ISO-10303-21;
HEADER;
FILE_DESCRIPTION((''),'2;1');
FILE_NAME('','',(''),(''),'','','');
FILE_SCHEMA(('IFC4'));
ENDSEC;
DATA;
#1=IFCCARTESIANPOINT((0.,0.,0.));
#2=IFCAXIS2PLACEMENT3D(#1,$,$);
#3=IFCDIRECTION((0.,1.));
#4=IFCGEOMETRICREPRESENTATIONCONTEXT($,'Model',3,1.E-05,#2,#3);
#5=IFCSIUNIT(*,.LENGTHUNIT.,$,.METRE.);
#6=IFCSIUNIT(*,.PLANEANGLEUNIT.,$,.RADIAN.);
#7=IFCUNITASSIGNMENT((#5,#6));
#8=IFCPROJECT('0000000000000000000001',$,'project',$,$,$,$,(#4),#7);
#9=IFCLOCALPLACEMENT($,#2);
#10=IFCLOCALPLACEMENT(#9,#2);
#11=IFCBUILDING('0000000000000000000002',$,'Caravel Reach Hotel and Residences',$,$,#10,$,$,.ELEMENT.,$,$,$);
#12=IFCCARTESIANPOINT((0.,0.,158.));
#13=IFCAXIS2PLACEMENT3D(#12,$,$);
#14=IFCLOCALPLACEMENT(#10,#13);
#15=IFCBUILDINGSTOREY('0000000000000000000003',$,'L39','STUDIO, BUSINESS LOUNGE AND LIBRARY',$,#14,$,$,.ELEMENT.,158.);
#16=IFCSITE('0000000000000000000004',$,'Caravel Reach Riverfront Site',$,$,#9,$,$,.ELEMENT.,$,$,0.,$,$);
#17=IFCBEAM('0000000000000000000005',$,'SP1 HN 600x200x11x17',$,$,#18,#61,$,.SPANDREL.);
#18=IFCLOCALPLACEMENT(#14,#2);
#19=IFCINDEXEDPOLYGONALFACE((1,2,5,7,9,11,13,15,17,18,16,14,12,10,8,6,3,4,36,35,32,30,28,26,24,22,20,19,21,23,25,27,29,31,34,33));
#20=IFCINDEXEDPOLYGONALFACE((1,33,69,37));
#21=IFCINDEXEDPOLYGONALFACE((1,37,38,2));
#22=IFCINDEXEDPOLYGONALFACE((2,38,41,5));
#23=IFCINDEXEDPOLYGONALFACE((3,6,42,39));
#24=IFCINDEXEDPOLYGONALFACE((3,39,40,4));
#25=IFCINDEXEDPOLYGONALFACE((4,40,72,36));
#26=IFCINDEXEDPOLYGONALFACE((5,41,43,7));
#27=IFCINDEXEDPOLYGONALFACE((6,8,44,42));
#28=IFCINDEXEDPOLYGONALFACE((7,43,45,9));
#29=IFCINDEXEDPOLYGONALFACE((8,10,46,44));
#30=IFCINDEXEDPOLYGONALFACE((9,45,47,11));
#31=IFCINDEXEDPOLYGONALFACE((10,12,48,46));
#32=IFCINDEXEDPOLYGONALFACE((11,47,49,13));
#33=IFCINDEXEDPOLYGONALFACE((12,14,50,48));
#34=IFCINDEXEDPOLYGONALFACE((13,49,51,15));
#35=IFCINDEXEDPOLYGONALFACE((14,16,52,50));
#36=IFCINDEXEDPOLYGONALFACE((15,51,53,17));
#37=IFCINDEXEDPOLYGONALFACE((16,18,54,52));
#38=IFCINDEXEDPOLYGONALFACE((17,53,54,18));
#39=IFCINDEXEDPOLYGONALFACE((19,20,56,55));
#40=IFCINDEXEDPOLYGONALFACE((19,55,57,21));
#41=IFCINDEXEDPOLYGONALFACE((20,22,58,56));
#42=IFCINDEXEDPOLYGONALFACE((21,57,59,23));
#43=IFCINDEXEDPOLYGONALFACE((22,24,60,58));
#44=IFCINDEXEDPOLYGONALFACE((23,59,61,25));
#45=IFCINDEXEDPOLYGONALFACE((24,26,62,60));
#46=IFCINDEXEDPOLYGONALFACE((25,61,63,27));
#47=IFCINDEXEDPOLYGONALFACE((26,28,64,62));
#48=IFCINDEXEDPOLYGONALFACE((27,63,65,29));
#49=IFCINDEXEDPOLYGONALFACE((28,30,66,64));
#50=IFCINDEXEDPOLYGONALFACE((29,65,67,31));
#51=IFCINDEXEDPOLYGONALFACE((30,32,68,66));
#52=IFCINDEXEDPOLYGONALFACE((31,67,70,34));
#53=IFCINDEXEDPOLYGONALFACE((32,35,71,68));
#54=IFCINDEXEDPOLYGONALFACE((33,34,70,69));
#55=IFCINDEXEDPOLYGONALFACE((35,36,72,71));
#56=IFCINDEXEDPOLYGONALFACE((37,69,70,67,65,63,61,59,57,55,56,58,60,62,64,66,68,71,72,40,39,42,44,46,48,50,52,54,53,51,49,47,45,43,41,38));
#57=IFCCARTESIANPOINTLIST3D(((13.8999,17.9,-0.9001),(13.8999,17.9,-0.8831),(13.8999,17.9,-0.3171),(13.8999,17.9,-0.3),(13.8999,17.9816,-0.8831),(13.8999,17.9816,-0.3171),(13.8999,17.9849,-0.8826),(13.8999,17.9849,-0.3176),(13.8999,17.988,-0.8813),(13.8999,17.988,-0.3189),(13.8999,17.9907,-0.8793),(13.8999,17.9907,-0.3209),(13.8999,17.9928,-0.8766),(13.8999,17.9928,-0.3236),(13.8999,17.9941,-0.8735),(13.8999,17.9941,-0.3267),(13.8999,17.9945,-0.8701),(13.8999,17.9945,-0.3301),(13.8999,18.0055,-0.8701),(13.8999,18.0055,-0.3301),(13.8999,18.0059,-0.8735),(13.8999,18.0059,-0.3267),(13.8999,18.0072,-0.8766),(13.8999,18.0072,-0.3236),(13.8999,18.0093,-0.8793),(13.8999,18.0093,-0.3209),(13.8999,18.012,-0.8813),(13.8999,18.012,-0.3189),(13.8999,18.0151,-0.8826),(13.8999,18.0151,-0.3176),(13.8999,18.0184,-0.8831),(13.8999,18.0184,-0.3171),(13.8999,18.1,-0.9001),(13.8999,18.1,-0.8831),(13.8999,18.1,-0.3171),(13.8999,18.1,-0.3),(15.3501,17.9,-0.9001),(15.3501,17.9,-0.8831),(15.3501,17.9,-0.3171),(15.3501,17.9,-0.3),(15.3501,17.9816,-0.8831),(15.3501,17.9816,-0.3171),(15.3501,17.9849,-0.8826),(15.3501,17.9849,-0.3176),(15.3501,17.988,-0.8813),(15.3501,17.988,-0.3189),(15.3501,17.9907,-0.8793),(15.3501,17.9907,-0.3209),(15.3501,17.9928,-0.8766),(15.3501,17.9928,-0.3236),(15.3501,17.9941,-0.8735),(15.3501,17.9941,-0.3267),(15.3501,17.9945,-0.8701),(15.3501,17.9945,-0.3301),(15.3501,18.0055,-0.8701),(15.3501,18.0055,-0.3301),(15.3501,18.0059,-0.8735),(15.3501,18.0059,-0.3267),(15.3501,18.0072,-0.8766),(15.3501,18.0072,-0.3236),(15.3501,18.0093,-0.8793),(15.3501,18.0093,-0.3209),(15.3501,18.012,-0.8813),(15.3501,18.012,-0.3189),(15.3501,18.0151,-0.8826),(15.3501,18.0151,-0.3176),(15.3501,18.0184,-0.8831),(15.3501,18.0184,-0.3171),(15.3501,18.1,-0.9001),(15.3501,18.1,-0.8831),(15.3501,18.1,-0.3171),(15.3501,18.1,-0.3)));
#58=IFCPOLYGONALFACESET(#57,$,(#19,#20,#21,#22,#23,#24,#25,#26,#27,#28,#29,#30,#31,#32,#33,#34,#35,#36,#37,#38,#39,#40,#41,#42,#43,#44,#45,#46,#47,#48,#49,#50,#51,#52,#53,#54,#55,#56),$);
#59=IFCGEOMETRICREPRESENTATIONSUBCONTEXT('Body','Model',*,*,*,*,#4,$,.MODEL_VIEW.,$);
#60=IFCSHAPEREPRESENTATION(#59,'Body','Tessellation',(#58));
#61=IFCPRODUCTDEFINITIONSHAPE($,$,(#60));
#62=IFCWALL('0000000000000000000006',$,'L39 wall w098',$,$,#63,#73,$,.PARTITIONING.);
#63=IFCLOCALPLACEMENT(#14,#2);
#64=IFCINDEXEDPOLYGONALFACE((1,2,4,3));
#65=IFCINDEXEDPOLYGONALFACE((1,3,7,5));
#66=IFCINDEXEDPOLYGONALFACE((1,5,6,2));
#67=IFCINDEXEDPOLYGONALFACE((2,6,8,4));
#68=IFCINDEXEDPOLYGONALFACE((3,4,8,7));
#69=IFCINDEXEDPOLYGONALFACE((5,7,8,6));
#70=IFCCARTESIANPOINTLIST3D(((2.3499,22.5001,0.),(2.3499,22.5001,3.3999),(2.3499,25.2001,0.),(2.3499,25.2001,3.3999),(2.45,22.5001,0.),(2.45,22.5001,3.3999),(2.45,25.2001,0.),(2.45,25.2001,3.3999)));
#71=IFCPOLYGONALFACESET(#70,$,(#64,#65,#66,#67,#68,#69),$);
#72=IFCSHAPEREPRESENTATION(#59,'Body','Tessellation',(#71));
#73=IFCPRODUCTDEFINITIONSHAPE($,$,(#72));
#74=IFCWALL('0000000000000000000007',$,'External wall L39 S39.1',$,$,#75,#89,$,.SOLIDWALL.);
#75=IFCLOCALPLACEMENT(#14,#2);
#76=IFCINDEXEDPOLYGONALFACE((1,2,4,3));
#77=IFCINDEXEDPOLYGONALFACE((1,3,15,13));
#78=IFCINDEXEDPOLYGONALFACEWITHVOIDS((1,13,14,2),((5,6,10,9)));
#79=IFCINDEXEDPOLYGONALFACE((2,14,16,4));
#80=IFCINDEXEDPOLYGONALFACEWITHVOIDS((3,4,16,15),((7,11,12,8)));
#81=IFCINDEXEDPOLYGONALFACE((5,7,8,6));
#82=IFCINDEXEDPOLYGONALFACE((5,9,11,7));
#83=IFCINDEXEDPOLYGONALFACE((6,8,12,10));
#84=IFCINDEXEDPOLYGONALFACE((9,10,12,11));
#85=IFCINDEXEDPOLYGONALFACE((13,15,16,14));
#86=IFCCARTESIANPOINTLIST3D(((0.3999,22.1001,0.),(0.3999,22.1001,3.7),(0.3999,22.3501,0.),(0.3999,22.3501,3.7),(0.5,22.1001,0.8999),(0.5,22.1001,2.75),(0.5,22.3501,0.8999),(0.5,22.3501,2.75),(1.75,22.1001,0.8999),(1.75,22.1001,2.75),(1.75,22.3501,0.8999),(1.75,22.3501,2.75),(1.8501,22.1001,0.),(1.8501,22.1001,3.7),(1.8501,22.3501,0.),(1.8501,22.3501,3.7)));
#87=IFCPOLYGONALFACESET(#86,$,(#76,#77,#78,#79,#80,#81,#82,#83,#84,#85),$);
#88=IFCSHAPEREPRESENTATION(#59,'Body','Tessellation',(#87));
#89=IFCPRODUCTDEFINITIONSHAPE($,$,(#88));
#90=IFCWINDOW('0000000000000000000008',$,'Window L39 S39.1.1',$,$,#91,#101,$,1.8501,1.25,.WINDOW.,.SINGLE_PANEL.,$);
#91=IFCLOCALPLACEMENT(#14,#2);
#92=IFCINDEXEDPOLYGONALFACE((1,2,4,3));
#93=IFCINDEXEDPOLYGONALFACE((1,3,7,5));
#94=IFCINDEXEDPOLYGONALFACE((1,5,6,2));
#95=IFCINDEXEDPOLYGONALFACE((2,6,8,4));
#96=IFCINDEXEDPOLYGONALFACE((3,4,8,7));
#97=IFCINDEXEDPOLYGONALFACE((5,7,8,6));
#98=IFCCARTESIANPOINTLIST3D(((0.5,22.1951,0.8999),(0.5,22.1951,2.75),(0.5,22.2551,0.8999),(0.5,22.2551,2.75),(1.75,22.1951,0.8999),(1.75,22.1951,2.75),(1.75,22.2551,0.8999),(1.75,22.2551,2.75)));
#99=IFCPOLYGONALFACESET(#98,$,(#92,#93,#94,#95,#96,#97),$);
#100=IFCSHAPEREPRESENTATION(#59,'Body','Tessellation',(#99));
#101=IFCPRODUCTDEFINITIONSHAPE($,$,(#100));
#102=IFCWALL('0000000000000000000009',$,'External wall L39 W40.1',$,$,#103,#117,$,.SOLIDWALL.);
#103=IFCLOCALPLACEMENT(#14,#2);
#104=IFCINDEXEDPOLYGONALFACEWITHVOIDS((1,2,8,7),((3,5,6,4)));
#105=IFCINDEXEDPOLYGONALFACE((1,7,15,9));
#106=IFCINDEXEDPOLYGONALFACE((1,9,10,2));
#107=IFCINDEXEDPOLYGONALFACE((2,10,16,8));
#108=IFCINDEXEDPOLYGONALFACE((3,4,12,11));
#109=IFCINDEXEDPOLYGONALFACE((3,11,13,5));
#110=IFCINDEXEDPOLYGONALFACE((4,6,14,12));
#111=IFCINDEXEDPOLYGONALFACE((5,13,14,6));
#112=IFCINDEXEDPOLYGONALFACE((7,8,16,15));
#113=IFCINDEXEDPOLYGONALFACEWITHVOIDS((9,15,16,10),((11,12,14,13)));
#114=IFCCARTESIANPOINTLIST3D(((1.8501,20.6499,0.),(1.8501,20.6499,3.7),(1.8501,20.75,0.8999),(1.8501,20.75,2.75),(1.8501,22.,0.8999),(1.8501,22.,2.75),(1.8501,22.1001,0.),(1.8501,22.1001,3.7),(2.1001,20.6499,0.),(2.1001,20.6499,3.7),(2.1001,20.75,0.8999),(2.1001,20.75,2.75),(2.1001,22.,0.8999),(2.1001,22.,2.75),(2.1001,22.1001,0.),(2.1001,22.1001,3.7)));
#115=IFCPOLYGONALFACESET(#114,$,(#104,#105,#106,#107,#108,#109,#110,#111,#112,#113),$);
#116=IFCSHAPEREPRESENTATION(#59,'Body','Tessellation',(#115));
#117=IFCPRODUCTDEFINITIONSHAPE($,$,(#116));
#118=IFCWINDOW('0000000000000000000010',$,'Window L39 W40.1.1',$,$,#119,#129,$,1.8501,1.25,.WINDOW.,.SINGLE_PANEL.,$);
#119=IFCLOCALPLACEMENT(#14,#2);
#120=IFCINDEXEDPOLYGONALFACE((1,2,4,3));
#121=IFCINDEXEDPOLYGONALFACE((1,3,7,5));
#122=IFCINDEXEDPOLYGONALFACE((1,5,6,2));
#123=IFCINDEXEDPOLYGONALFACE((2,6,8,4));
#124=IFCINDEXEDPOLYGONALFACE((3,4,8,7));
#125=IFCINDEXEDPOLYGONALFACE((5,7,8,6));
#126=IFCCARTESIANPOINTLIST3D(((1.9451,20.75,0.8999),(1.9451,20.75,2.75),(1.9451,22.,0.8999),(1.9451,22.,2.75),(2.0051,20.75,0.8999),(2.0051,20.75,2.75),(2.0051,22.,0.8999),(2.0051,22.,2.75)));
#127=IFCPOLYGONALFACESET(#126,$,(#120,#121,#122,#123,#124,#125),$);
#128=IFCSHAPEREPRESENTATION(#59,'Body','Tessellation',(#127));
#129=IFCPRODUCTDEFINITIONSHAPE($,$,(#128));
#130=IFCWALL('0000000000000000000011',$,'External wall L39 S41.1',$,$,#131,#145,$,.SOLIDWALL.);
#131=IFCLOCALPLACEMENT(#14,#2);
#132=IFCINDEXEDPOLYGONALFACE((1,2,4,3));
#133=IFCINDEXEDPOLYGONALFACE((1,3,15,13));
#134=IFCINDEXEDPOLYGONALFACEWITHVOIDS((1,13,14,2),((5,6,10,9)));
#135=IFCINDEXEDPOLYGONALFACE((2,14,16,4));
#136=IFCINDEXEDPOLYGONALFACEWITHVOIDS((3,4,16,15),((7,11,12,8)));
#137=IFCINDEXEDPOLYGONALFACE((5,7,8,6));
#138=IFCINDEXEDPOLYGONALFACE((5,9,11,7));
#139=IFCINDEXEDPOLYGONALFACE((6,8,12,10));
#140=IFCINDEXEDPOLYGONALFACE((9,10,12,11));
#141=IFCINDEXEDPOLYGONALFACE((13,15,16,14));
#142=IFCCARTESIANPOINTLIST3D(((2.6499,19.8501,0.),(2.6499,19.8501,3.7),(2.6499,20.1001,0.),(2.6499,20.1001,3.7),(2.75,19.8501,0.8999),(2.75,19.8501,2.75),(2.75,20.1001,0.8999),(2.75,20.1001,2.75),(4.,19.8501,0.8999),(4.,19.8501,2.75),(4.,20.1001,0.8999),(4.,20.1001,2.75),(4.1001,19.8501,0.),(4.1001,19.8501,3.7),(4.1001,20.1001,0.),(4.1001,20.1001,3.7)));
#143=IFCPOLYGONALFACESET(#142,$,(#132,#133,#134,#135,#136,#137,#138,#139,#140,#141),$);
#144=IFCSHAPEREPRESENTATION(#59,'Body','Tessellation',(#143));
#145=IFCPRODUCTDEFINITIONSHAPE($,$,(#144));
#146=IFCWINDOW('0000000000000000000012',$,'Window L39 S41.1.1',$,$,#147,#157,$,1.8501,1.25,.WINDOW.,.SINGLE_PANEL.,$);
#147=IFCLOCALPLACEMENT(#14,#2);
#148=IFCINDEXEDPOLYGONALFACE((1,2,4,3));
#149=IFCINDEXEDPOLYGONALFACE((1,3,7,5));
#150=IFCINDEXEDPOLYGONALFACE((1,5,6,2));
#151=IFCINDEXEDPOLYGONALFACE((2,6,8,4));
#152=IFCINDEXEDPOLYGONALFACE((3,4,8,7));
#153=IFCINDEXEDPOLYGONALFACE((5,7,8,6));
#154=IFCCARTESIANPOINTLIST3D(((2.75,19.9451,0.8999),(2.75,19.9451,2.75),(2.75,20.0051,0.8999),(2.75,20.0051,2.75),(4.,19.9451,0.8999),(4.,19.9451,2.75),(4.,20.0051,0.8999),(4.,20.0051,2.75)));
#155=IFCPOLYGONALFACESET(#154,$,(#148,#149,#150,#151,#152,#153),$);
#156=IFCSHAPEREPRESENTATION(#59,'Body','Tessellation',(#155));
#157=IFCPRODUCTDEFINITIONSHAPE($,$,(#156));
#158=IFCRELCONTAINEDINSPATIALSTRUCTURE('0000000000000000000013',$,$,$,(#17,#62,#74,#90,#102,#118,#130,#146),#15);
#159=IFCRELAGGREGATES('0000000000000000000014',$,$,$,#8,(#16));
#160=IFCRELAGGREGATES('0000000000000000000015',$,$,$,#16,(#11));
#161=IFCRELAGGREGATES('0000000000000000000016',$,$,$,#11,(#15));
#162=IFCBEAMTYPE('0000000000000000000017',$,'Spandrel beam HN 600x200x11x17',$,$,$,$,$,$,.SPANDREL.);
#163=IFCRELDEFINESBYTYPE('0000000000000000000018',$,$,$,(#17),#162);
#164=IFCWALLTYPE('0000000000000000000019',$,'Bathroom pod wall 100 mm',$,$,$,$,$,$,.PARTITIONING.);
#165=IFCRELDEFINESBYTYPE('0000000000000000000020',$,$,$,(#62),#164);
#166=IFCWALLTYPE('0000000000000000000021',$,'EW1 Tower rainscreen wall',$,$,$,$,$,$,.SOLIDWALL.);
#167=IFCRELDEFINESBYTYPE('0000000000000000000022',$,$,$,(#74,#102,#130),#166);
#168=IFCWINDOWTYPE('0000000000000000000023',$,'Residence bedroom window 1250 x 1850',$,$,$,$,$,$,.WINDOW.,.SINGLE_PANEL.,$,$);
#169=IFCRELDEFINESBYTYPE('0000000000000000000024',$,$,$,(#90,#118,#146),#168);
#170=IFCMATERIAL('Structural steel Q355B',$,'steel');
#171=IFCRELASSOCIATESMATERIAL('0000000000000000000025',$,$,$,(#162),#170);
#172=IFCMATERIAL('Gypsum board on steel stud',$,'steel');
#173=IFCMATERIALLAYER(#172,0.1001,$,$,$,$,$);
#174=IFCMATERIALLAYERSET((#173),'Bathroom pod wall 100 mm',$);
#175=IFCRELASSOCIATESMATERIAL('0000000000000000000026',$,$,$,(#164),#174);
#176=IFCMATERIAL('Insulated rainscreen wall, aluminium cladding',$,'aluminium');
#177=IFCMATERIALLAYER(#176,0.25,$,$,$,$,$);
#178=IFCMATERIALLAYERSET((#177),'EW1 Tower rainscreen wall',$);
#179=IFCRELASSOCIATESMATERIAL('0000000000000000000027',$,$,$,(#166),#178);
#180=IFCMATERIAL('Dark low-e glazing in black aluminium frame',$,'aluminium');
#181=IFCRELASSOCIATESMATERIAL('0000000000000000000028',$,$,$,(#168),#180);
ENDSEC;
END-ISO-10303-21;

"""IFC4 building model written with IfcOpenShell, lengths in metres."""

from ifc_helpers import new_model, si_unit, direction, frame, frame_2d, origin, origin_2d, place, context, subcontext, project, spatial, rectangle, i_section, extrude, material, layer, layer_set, material_profile, profile_set, type_object, element, fill, save


model = new_model("IFC4")

# Units and contexts
model_context = context("Model", 3, precision=1e-05, world=origin(), true_north=direction((0.0, 1.0)))
body_context = subcontext(model_context, "Body", "Model", "MODEL_VIEW")
ifc_project = project(units=[si_unit("LENGTHUNIT", "METRE"), si_unit("PLANEANGLEUNIT", "RADIAN")], contexts=[model_context])

# Site, building, storey
site_placement = place(None, origin())
site = spatial("IfcSite", under=ifc_project, at=site_placement, Name="Caravel Reach Riverfront Site", CompositionType="ELEMENT", RefElevation=0.0)
building_placement = place(site_placement, origin())
building = spatial("IfcBuilding", under=site, at=building_placement, Name="Caravel Reach Hotel and Residences", CompositionType="ELEMENT")
storey_placement = place(building_placement, frame((0.0, 0.0, 158.0)))
storey = spatial("IfcBuildingStorey", under=building, at=storey_placement, Name="L39", Description="STUDIO, BUSINESS LOUNGE AND LIBRARY", CompositionType="ELEMENT", Elevation=158.0)

# Beam
ifc_material_1 = material(Name="Structural steel Q355B", Category="steel")
ifc_material_profile_1 = material_profile(ifc_material_1, i_section(OverallWidth=0.2, OverallDepth=0.6001, WebThickness=0.011, FlangeThickness=0.0171, FilletRadius=0.0129, at=origin_2d()), Name="HN 600x200x11x17")
ifc_profile_set_1 = profile_set([ifc_material_profile_1], Name="Structural steel Q355B")
beam_type_1 = type_object("IfcBeamType", Name="Spandrel beam HN 600x200x11x17", PredefinedType="SPANDREL", material=ifc_profile_set_1)
for number, where, z_axis, x_axis, name in (
    (1, (13.8999, 18.0, -0.6001), (1.0, 0.0, 0.0), (0.0, 1.0, 0.0), "SP1 HN 600x200x11x17"),
):
    element("IfcBeam", number, at=place(storey_placement, frame(where, z_axis=z_axis, x_axis=x_axis)), inside=storey, type_object=beam_type_1, Name=name, PredefinedType="SPANDREL", context=body_context, shape_type="SweptSolid", body=[
        extrude(i_section(OverallWidth=0.2, OverallDepth=0.6001, WebThickness=0.011, FlangeThickness=0.0171, FilletRadius=0.0129, at=origin_2d()), origin(), (0.0, 0.0, 1.0), 1.4502),
    ])

# Wall
ifc_material_2 = material(Name="Gypsum board on steel stud", Category="steel")
ifc_layer_1 = layer(ifc_material_2, 0.1001)
ifc_layer_set_1 = layer_set([ifc_layer_1], Name="Bathroom pod wall 100 mm")
wall_type_1 = type_object("IfcWallType", Name="Bathroom pod wall 100 mm", PredefinedType="PARTITIONING", material=ifc_layer_set_1)
wall_1_placement = place(storey_placement, frame((2.3999, 22.5, 0.0), z_axis=(0.0, 0.0, 1.0), x_axis=(0.0, 1.0, 0.0)))
element("IfcWall", 2, at=wall_1_placement, inside=storey, type_object=wall_type_1, Name="L39 wall w098", PredefinedType="PARTITIONING", context=body_context, shape_type="SweptSolid", body=[
    extrude(rectangle(XDim=2.7, YDim=0.1001, at=frame_2d((1.3501, 0.0))), origin(), (0.0, 0.0, 1.0), 3.3999),
])

# Walls, openings, windows
ifc_material_3 = material(Name="Insulated rainscreen wall, aluminium cladding", Category="aluminium")
ifc_layer_2 = layer(ifc_material_3, 0.25)
ifc_layer_set_2 = layer_set([ifc_layer_2], Name="EW1 Tower rainscreen wall")
wall_type_2 = type_object("IfcWallType", Name="EW1 Tower rainscreen wall", PredefinedType="SOLIDWALL", material=ifc_layer_set_2)
wall_2_placement = place(storey_placement, frame((0.3999, 22.2251, 0.0), z_axis=(0.0, 0.0, 1.0), x_axis=(1.0, 0.0, 0.0)))
wall_2 = element("IfcWall", 3, at=wall_2_placement, inside=storey, type_object=wall_type_2, Name="External wall L39 S39.1", PredefinedType="SOLIDWALL", context=body_context, shape_type="SweptSolid", body=[
    extrude(rectangle(XDim=1.4502, YDim=0.25, at=frame_2d((0.7251, 0.0))), origin(), (0.0, 0.0, 1.0), 3.7),
])
opening_1_placement = place(wall_2_placement, frame((0.1001, 0.0, 0.8999)))
opening_1 = element("IfcOpeningElement", 4, at=opening_1_placement, cuts=wall_2, PredefinedType="OPENING", context=body_context, shape_type="SweptSolid", body=[
    extrude(rectangle(XDim=1.25, YDim=1.8501, at=frame_2d((0.625, 0.925))), frame((0.0, 0.135, 0.0), z_axis=(0.0, -1.0, 0.0), x_axis=(1.0, 0.0, 0.0)), (0.0, 0.0, 1.0), 0.27),
])
ifc_material_4 = material(Name="Dark low-e glazing in black aluminium frame", Category="aluminium")
window_type_1 = type_object("IfcWindowType", Name="Residence bedroom window 1250 x 1850", PartitioningType="SINGLE_PANEL", PredefinedType="WINDOW", material=ifc_material_4)
window_1_placement = place(opening_1_placement, origin())
window_1 = element("IfcWindow", 5, at=window_1_placement, inside=storey, type_object=window_type_1, Name="Window L39 S39.1.1", OverallHeight=1.8501, OverallWidth=1.25, PartitioningType="SINGLE_PANEL", PredefinedType="WINDOW", context=body_context, shape_type="SweptSolid", body=[
    extrude(rectangle(XDim=1.25, YDim=1.8501, at=frame_2d((0.625, 0.925))), frame((0.0, 0.03, 0.0), z_axis=(0.0, -1.0, 0.0), x_axis=(1.0, 0.0, 0.0)), (0.0, 0.0, 1.0), 0.0601),
])
fill(opening_1, window_1)
wall_3_placement = place(storey_placement, frame((1.9751, 22.1001, 0.0), z_axis=(0.0, 0.0, 1.0), x_axis=(0.0, -1.0, 0.0)))
wall_3 = element("IfcWall", 6, at=wall_3_placement, inside=storey, type_object=wall_type_2, Name="External wall L39 W40.1", PredefinedType="SOLIDWALL", context=body_context, shape_type="SweptSolid", body=[
    extrude(rectangle(XDim=1.4502, YDim=0.25, at=frame_2d((0.7251, 0.0))), origin(), (0.0, 0.0, 1.0), 3.7),
])
opening_2_placement = place(wall_3_placement, frame((0.1001, 0.0, 0.8999)))
opening_2 = element("IfcOpeningElement", 7, at=opening_2_placement, cuts=wall_3, PredefinedType="OPENING", context=body_context, shape_type="SweptSolid", body=[
    extrude(rectangle(XDim=1.25, YDim=1.8501, at=frame_2d((0.625, 0.925))), frame((0.0, 0.135, 0.0), z_axis=(0.0, -1.0, 0.0), x_axis=(1.0, 0.0, 0.0)), (0.0, 0.0, 1.0), 0.27),
])
window_2_placement = place(opening_2_placement, origin())
window_2 = element("IfcWindow", 8, at=window_2_placement, inside=storey, type_object=window_type_1, Name="Window L39 W40.1.1", OverallHeight=1.8501, OverallWidth=1.25, PartitioningType="SINGLE_PANEL", PredefinedType="WINDOW", context=body_context, shape_type="SweptSolid", body=[
    extrude(rectangle(XDim=1.25, YDim=1.8501, at=frame_2d((0.625, 0.925))), frame((0.0, 0.03, 0.0), z_axis=(0.0, -1.0, 0.0), x_axis=(1.0, 0.0, 0.0)), (0.0, 0.0, 1.0), 0.0601),
])
fill(opening_2, window_2)
wall_4_placement = place(storey_placement, frame((2.6499, 19.9751, 0.0), z_axis=(0.0, 0.0, 1.0), x_axis=(1.0, 0.0, 0.0)))
wall_4 = element("IfcWall", 9, at=wall_4_placement, inside=storey, type_object=wall_type_2, Name="External wall L39 S41.1", PredefinedType="SOLIDWALL", context=body_context, shape_type="SweptSolid", body=[
    extrude(rectangle(XDim=1.4502, YDim=0.25, at=frame_2d((0.7251, 0.0))), origin(), (0.0, 0.0, 1.0), 3.7),
])
opening_3_placement = place(wall_4_placement, frame((0.1001, 0.0, 0.8999)))
opening_3 = element("IfcOpeningElement", 10, at=opening_3_placement, cuts=wall_4, PredefinedType="OPENING", context=body_context, shape_type="SweptSolid", body=[
    extrude(rectangle(XDim=1.25, YDim=1.8501, at=frame_2d((0.625, 0.925))), frame((0.0, 0.135, 0.0), z_axis=(0.0, -1.0, 0.0), x_axis=(1.0, 0.0, 0.0)), (0.0, 0.0, 1.0), 0.27),
])
window_3_placement = place(opening_3_placement, origin())
window_3 = element("IfcWindow", 11, at=window_3_placement, inside=storey, type_object=window_type_1, Name="Window L39 S41.1.1", OverallHeight=1.8501, OverallWidth=1.25, PartitioningType="SINGLE_PANEL", PredefinedType="WINDOW", context=body_context, shape_type="SweptSolid", body=[
    extrude(rectangle(XDim=1.25, YDim=1.8501, at=frame_2d((0.625, 0.925))), frame((0.0, 0.03, 0.0), z_axis=(0.0, -1.0, 0.0), x_axis=(1.0, 0.0, 0.0)), (0.0, 0.0, 1.0), 0.0601),
])
fill(opening_3, window_3)

save(model, "model.ifc")
